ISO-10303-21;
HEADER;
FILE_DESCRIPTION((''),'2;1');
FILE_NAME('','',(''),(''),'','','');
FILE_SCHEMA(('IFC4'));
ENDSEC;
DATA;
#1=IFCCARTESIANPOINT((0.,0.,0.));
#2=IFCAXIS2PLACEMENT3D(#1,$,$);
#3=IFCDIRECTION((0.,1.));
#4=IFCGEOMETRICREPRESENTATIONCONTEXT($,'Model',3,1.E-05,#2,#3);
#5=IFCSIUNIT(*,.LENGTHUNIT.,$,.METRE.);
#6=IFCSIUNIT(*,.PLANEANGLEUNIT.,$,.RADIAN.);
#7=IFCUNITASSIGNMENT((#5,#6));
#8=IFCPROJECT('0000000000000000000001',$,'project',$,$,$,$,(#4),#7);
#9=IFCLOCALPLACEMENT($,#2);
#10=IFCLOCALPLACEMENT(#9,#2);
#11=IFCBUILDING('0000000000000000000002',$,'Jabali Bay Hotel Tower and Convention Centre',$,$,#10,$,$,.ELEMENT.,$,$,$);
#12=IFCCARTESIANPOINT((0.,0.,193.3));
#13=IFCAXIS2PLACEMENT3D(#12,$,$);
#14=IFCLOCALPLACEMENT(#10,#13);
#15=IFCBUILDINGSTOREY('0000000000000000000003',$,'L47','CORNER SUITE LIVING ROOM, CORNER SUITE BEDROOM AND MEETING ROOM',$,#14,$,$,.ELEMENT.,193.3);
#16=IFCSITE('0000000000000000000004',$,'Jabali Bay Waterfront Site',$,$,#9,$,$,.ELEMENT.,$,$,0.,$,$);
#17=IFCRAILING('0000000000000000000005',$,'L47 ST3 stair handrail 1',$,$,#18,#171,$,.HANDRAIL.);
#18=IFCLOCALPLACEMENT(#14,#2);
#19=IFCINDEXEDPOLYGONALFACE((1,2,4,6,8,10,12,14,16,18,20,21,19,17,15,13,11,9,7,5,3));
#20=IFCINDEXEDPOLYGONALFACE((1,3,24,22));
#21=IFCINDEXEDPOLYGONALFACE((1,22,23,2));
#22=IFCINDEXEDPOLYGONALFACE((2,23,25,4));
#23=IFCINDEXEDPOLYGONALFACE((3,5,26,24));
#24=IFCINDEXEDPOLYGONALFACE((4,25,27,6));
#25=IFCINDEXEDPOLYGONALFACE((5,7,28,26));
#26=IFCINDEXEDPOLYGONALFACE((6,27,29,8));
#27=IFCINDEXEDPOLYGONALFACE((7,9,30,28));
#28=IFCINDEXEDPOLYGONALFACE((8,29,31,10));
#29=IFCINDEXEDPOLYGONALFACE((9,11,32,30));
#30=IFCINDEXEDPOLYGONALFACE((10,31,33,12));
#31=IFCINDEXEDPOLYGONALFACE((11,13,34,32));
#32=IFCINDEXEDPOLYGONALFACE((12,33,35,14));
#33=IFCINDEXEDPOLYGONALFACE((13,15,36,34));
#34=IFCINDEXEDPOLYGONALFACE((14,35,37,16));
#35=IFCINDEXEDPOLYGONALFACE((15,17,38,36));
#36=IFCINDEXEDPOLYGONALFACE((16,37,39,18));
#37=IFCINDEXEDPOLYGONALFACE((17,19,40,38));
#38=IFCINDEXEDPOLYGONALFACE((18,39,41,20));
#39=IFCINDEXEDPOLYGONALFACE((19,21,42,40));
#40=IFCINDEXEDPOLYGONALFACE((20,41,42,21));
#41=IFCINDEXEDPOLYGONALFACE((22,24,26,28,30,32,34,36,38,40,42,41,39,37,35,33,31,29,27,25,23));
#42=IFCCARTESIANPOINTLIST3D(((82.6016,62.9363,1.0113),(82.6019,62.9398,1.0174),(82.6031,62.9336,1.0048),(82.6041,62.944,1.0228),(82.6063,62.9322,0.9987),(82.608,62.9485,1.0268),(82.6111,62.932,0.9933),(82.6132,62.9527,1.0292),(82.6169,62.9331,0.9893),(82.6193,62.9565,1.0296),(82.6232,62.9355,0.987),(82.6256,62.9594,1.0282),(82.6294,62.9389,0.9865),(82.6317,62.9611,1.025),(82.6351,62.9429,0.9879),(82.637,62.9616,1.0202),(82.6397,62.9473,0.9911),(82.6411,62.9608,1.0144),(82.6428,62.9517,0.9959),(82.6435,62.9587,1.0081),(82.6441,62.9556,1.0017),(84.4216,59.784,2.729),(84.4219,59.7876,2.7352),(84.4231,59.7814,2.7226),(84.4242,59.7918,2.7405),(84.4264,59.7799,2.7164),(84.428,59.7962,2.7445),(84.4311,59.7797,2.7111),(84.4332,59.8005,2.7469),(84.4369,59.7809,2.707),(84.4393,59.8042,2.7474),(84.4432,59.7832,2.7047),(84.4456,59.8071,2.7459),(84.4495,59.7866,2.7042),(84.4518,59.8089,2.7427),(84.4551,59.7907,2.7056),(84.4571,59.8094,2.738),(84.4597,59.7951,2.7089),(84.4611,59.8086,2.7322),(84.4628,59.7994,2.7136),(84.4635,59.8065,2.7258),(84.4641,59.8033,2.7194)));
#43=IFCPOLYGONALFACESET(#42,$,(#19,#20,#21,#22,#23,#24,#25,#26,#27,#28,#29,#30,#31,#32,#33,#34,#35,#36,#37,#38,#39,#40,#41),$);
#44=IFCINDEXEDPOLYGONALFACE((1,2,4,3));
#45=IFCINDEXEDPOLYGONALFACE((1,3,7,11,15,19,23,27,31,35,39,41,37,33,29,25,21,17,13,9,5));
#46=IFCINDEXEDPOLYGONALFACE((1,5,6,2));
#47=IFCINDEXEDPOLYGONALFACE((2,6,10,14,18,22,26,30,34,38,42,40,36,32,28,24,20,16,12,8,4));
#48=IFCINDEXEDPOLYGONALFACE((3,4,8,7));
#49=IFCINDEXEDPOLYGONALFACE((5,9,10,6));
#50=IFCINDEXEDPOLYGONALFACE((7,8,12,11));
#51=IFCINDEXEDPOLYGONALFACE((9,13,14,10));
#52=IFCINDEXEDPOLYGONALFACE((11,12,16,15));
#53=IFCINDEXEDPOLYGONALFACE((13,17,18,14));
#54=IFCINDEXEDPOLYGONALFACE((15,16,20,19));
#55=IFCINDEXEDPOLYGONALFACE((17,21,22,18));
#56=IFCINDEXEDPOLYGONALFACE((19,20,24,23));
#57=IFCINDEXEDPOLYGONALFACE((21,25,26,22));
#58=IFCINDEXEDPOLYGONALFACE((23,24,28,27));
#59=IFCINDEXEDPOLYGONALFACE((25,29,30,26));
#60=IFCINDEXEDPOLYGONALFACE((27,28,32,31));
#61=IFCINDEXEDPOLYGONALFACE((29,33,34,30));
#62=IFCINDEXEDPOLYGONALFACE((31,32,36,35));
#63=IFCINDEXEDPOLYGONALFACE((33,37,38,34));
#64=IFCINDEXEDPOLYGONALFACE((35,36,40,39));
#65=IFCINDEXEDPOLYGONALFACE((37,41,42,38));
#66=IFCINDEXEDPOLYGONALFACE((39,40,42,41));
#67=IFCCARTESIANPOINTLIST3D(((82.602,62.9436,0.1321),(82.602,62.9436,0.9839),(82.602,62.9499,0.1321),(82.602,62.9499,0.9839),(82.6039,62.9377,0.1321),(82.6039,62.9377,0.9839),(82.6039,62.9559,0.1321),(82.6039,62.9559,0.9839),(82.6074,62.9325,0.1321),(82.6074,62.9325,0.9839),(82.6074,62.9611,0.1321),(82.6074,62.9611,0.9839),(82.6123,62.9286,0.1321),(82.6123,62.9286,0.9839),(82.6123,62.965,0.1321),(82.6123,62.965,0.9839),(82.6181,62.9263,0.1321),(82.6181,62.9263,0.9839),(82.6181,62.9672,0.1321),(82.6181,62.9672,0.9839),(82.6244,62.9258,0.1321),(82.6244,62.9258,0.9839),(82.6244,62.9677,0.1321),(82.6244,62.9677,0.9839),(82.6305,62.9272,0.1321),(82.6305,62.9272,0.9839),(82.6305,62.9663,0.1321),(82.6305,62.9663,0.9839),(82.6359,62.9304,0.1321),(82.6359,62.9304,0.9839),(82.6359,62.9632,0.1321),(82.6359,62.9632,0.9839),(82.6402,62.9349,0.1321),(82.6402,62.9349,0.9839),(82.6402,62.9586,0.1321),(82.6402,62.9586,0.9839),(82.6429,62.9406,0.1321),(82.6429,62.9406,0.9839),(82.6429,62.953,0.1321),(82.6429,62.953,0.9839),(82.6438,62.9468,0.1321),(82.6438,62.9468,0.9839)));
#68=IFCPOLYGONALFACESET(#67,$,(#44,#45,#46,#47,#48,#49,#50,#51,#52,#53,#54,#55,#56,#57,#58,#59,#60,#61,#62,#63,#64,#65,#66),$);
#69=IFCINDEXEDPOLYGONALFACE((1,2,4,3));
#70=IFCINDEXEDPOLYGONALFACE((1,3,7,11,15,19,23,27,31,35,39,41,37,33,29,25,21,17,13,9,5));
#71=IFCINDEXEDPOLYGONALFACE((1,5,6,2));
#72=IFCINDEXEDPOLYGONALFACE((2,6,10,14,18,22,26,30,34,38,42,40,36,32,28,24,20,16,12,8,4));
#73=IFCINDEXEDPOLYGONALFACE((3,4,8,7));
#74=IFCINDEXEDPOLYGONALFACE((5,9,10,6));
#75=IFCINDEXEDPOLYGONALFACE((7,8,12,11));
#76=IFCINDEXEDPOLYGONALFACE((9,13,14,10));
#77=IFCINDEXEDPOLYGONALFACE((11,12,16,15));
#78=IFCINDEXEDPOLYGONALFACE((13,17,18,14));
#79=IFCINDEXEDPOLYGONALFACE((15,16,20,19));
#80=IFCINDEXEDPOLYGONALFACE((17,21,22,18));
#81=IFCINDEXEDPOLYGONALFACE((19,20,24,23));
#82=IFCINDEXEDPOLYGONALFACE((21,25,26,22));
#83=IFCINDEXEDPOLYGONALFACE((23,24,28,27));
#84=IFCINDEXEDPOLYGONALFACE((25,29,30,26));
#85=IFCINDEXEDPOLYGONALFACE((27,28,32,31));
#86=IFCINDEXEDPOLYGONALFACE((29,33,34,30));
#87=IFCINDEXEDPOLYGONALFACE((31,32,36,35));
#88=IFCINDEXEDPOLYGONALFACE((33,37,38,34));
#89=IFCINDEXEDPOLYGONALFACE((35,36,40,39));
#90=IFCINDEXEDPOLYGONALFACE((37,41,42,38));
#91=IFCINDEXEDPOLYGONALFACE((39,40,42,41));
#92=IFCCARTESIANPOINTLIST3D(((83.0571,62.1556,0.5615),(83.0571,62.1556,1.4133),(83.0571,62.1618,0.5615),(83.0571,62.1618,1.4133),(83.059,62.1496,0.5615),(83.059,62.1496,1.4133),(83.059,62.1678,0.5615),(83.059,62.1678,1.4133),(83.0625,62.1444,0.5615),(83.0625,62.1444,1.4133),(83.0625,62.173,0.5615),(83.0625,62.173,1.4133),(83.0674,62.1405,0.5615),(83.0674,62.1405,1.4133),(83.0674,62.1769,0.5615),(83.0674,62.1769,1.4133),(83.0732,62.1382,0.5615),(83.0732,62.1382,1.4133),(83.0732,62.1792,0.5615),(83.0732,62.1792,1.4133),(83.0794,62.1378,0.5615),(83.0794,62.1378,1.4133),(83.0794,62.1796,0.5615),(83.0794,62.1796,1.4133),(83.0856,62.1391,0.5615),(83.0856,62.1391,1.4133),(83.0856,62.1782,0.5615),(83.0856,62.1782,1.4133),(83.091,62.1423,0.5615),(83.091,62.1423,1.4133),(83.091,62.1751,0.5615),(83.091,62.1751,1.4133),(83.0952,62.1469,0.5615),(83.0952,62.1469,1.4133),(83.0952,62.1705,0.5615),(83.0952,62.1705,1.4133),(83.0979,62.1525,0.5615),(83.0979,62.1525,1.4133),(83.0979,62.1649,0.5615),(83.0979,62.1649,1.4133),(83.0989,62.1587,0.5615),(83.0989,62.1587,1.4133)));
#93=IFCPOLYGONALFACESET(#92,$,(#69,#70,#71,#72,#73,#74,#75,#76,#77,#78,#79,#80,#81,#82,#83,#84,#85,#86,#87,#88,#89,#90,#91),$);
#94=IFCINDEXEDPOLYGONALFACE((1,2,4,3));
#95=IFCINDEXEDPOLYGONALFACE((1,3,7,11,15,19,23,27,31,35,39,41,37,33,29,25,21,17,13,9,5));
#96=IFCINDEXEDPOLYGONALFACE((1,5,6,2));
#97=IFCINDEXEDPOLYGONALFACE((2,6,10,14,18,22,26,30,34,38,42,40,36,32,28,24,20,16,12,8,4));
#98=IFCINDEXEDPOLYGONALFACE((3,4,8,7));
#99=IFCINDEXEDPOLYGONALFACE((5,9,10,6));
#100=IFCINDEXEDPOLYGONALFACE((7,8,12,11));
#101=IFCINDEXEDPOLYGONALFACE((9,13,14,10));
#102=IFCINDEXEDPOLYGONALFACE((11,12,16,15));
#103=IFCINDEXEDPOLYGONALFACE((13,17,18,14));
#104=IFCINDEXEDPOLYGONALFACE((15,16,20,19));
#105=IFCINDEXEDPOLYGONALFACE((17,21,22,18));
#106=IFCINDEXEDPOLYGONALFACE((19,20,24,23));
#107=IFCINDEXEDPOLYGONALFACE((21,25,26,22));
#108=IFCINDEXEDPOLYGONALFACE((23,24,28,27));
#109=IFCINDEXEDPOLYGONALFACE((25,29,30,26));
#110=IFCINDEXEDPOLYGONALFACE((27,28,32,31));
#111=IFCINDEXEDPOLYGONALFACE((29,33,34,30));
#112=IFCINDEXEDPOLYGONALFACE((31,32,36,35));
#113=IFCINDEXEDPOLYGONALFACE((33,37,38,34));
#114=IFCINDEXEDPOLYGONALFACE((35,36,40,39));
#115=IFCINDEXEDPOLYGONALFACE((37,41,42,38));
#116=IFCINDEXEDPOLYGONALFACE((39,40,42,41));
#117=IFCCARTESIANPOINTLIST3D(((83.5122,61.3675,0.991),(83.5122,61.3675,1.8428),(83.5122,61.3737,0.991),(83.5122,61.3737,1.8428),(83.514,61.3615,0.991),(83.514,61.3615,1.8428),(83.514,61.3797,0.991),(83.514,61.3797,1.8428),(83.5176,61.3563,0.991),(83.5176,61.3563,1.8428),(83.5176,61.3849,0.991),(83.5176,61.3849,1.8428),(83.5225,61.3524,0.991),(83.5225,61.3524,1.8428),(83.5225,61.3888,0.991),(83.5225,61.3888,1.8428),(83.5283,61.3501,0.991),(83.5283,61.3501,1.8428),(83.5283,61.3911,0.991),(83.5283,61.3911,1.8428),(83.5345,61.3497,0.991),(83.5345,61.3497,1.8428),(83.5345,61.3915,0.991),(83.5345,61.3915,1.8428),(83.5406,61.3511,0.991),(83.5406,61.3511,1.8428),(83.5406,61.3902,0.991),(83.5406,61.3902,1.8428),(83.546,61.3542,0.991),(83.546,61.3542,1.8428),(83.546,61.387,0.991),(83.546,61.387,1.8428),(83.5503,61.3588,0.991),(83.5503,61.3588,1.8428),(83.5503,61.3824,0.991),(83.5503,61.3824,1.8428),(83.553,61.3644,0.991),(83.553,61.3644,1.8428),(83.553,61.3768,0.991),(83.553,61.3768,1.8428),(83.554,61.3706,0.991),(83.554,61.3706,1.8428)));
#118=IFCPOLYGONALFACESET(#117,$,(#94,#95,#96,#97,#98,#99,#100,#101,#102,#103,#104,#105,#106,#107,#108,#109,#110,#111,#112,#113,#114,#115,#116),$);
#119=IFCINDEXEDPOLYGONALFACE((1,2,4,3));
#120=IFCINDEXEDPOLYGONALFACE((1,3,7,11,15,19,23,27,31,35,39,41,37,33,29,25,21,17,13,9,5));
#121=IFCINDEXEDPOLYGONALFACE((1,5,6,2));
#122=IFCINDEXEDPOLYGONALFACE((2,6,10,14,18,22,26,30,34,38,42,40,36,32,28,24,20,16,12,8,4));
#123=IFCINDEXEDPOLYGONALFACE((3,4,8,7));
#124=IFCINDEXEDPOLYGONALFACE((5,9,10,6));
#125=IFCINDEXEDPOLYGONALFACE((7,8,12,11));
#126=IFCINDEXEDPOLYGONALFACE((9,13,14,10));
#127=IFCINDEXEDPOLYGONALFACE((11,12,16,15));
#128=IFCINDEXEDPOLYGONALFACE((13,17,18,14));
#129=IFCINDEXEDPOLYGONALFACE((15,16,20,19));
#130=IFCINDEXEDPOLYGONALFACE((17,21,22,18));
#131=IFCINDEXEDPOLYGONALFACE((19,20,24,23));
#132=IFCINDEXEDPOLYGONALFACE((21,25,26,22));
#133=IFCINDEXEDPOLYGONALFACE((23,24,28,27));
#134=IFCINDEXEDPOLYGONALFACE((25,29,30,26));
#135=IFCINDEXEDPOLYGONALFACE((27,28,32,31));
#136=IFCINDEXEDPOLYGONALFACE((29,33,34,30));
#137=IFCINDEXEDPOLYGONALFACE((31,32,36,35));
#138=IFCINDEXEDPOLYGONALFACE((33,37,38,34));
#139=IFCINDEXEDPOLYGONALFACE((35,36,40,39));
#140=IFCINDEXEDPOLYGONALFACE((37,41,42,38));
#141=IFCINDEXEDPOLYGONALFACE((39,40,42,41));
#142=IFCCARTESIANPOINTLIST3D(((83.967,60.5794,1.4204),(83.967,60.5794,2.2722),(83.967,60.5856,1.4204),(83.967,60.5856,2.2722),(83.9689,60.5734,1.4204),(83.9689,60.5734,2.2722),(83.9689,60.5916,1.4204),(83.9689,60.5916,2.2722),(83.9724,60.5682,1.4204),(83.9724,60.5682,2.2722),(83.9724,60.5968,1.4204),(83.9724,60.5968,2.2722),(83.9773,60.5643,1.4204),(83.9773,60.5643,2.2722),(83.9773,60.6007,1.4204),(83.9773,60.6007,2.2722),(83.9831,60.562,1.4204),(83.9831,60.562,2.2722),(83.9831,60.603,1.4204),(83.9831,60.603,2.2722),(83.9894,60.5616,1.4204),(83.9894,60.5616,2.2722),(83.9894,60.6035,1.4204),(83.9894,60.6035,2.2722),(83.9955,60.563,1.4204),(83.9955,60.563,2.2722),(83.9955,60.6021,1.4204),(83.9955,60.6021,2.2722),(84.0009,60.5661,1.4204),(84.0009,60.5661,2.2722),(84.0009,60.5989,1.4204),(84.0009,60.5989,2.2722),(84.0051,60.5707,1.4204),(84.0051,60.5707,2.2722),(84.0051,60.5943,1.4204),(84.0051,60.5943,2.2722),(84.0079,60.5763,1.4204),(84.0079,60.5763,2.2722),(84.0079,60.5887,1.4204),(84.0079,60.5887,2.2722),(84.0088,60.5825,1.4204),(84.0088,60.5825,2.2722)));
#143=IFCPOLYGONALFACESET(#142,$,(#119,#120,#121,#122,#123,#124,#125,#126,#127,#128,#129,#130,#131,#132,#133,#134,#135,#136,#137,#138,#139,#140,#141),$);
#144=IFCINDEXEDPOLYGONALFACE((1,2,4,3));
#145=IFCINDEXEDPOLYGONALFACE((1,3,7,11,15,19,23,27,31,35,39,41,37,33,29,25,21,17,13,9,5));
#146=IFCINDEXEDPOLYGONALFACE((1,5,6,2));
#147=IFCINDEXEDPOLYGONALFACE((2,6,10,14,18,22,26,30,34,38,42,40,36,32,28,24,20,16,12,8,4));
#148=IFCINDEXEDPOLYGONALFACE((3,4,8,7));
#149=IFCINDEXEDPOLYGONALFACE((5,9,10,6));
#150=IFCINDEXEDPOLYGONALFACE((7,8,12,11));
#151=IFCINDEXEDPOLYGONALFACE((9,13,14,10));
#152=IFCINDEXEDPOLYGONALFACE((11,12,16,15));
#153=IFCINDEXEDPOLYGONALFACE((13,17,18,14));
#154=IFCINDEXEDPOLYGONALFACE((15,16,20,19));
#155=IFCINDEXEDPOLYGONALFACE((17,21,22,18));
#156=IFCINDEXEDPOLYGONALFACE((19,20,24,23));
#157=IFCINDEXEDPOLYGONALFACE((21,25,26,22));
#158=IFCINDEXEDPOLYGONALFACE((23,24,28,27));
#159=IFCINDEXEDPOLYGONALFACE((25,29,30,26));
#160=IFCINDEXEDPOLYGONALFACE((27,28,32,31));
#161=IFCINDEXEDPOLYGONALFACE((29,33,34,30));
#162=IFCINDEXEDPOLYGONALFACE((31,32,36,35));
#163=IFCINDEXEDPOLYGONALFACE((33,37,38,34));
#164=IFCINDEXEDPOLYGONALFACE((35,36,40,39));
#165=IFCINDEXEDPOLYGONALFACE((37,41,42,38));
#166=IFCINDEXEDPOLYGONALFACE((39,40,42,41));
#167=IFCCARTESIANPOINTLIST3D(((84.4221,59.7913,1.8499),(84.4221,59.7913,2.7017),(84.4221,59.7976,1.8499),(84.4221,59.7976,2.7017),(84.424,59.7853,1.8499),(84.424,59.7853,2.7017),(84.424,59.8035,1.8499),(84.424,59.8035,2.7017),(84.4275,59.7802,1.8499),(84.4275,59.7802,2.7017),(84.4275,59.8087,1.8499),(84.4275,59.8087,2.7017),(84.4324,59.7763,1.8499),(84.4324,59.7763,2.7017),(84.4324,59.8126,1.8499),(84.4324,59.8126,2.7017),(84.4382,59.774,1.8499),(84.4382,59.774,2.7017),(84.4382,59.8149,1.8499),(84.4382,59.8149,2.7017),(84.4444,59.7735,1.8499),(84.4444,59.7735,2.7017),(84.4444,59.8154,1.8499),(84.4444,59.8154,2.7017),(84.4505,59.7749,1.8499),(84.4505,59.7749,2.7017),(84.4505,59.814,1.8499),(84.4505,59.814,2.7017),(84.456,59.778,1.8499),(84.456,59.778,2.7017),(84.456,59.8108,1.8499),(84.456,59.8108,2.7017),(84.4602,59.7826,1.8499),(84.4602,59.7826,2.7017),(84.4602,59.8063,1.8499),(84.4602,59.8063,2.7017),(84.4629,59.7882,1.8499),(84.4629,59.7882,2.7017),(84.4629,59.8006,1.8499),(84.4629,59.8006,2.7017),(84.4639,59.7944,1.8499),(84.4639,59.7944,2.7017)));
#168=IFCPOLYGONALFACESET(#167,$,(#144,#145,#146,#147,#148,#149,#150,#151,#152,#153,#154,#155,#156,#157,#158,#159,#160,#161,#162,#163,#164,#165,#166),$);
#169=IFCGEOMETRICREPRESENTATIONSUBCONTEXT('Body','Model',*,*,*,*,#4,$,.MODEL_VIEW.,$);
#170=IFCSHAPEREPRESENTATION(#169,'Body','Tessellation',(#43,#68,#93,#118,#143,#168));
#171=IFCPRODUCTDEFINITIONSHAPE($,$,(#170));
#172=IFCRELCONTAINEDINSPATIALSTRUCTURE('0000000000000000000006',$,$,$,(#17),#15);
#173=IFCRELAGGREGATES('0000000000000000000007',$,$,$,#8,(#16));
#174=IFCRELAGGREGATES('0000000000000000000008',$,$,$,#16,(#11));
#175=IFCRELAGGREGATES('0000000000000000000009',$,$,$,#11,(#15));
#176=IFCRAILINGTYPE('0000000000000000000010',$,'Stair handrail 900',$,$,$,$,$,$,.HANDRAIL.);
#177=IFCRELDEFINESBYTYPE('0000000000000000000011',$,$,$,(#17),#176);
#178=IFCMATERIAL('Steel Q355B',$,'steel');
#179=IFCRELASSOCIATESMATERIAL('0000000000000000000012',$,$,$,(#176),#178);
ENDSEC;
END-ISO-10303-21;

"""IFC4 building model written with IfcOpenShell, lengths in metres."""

from ifc_helpers import new_model, si_unit, direction, frame, origin, origin_2d, place, context, subcontext, project, spatial, circle, extrude, material, type_object, element, save


model = new_model("IFC4")

# Units and contexts
model_context = context("Model", 3, precision=1e-05, world=origin(), true_north=direction((0.0, 1.0)))
body_context = subcontext(model_context, "Body", "Model", "MODEL_VIEW")
ifc_project = project(units=[si_unit("LENGTHUNIT", "METRE"), si_unit("PLANEANGLEUNIT", "RADIAN")], contexts=[model_context])

# Site, building, storey
site_placement = place(None, origin())
site = spatial("IfcSite", under=ifc_project, at=site_placement, Name="Jabali Bay Waterfront Site", CompositionType="ELEMENT", RefElevation=0.0)
building_placement = place(site_placement, origin())
building = spatial("IfcBuilding", under=site, at=building_placement, Name="Jabali Bay Hotel Tower and Convention Centre", CompositionType="ELEMENT")
storey_placement = place(building_placement, frame((0.0, 0.0, 193.3)))
storey = spatial("IfcBuildingStorey", under=building, at=storey_placement, Name="L47", Description="CORNER SUITE LIVING ROOM, CORNER SUITE BEDROOM AND MEETING ROOM", CompositionType="ELEMENT", Elevation=193.3)

# Railing
ifc_material_1 = material(Name="Steel Q355B", Category="steel")
railing_type_1 = type_object("IfcRailingType", Name="Stair handrail 900", PredefinedType="HANDRAIL", material=ifc_material_1)
railing_1_placement = place(storey_placement, frame((82.6228, 62.9468, 0.1321)))
element("IfcRailing", 1, at=railing_1_placement, inside=storey, type_object=railing_type_1, Name="L47 ST3 stair handrail 1", PredefinedType="HANDRAIL", context=body_context, shape_type="SweptSolid", body=[
    extrude(circle(Radius=0.0239, at=origin_2d()), frame((0.0, 0.0, 0.876), z_axis=(0.45219, -0.78319, 0.426775), x_axis=(0.866018, 0.500013, 0.0)), (0.0, 0.0, 1.0), 4.0249),
    extrude(circle(Radius=0.021, at=origin_2d()), origin(), (0.0, 0.0, 1.0), 0.8518),
    extrude(circle(Radius=0.021, at=origin_2d()), frame((0.4551, -0.7881, 0.4294)), (0.0, 0.0, 1.0), 0.8518),
    extrude(circle(Radius=0.021, at=origin_2d()), frame((0.9102, -1.5762, 0.8589)), (0.0, 0.0, 1.0), 0.8518),
    extrude(circle(Radius=0.021, at=origin_2d()), frame((1.365, -2.3643, 1.2883)), (0.0, 0.0, 1.0), 0.8518),
    extrude(circle(Radius=0.021, at=origin_2d()), frame((1.8201, -3.1523, 1.7178)), (0.0, 0.0, 1.0), 0.8518),
])

save(model, "model.ifc")
